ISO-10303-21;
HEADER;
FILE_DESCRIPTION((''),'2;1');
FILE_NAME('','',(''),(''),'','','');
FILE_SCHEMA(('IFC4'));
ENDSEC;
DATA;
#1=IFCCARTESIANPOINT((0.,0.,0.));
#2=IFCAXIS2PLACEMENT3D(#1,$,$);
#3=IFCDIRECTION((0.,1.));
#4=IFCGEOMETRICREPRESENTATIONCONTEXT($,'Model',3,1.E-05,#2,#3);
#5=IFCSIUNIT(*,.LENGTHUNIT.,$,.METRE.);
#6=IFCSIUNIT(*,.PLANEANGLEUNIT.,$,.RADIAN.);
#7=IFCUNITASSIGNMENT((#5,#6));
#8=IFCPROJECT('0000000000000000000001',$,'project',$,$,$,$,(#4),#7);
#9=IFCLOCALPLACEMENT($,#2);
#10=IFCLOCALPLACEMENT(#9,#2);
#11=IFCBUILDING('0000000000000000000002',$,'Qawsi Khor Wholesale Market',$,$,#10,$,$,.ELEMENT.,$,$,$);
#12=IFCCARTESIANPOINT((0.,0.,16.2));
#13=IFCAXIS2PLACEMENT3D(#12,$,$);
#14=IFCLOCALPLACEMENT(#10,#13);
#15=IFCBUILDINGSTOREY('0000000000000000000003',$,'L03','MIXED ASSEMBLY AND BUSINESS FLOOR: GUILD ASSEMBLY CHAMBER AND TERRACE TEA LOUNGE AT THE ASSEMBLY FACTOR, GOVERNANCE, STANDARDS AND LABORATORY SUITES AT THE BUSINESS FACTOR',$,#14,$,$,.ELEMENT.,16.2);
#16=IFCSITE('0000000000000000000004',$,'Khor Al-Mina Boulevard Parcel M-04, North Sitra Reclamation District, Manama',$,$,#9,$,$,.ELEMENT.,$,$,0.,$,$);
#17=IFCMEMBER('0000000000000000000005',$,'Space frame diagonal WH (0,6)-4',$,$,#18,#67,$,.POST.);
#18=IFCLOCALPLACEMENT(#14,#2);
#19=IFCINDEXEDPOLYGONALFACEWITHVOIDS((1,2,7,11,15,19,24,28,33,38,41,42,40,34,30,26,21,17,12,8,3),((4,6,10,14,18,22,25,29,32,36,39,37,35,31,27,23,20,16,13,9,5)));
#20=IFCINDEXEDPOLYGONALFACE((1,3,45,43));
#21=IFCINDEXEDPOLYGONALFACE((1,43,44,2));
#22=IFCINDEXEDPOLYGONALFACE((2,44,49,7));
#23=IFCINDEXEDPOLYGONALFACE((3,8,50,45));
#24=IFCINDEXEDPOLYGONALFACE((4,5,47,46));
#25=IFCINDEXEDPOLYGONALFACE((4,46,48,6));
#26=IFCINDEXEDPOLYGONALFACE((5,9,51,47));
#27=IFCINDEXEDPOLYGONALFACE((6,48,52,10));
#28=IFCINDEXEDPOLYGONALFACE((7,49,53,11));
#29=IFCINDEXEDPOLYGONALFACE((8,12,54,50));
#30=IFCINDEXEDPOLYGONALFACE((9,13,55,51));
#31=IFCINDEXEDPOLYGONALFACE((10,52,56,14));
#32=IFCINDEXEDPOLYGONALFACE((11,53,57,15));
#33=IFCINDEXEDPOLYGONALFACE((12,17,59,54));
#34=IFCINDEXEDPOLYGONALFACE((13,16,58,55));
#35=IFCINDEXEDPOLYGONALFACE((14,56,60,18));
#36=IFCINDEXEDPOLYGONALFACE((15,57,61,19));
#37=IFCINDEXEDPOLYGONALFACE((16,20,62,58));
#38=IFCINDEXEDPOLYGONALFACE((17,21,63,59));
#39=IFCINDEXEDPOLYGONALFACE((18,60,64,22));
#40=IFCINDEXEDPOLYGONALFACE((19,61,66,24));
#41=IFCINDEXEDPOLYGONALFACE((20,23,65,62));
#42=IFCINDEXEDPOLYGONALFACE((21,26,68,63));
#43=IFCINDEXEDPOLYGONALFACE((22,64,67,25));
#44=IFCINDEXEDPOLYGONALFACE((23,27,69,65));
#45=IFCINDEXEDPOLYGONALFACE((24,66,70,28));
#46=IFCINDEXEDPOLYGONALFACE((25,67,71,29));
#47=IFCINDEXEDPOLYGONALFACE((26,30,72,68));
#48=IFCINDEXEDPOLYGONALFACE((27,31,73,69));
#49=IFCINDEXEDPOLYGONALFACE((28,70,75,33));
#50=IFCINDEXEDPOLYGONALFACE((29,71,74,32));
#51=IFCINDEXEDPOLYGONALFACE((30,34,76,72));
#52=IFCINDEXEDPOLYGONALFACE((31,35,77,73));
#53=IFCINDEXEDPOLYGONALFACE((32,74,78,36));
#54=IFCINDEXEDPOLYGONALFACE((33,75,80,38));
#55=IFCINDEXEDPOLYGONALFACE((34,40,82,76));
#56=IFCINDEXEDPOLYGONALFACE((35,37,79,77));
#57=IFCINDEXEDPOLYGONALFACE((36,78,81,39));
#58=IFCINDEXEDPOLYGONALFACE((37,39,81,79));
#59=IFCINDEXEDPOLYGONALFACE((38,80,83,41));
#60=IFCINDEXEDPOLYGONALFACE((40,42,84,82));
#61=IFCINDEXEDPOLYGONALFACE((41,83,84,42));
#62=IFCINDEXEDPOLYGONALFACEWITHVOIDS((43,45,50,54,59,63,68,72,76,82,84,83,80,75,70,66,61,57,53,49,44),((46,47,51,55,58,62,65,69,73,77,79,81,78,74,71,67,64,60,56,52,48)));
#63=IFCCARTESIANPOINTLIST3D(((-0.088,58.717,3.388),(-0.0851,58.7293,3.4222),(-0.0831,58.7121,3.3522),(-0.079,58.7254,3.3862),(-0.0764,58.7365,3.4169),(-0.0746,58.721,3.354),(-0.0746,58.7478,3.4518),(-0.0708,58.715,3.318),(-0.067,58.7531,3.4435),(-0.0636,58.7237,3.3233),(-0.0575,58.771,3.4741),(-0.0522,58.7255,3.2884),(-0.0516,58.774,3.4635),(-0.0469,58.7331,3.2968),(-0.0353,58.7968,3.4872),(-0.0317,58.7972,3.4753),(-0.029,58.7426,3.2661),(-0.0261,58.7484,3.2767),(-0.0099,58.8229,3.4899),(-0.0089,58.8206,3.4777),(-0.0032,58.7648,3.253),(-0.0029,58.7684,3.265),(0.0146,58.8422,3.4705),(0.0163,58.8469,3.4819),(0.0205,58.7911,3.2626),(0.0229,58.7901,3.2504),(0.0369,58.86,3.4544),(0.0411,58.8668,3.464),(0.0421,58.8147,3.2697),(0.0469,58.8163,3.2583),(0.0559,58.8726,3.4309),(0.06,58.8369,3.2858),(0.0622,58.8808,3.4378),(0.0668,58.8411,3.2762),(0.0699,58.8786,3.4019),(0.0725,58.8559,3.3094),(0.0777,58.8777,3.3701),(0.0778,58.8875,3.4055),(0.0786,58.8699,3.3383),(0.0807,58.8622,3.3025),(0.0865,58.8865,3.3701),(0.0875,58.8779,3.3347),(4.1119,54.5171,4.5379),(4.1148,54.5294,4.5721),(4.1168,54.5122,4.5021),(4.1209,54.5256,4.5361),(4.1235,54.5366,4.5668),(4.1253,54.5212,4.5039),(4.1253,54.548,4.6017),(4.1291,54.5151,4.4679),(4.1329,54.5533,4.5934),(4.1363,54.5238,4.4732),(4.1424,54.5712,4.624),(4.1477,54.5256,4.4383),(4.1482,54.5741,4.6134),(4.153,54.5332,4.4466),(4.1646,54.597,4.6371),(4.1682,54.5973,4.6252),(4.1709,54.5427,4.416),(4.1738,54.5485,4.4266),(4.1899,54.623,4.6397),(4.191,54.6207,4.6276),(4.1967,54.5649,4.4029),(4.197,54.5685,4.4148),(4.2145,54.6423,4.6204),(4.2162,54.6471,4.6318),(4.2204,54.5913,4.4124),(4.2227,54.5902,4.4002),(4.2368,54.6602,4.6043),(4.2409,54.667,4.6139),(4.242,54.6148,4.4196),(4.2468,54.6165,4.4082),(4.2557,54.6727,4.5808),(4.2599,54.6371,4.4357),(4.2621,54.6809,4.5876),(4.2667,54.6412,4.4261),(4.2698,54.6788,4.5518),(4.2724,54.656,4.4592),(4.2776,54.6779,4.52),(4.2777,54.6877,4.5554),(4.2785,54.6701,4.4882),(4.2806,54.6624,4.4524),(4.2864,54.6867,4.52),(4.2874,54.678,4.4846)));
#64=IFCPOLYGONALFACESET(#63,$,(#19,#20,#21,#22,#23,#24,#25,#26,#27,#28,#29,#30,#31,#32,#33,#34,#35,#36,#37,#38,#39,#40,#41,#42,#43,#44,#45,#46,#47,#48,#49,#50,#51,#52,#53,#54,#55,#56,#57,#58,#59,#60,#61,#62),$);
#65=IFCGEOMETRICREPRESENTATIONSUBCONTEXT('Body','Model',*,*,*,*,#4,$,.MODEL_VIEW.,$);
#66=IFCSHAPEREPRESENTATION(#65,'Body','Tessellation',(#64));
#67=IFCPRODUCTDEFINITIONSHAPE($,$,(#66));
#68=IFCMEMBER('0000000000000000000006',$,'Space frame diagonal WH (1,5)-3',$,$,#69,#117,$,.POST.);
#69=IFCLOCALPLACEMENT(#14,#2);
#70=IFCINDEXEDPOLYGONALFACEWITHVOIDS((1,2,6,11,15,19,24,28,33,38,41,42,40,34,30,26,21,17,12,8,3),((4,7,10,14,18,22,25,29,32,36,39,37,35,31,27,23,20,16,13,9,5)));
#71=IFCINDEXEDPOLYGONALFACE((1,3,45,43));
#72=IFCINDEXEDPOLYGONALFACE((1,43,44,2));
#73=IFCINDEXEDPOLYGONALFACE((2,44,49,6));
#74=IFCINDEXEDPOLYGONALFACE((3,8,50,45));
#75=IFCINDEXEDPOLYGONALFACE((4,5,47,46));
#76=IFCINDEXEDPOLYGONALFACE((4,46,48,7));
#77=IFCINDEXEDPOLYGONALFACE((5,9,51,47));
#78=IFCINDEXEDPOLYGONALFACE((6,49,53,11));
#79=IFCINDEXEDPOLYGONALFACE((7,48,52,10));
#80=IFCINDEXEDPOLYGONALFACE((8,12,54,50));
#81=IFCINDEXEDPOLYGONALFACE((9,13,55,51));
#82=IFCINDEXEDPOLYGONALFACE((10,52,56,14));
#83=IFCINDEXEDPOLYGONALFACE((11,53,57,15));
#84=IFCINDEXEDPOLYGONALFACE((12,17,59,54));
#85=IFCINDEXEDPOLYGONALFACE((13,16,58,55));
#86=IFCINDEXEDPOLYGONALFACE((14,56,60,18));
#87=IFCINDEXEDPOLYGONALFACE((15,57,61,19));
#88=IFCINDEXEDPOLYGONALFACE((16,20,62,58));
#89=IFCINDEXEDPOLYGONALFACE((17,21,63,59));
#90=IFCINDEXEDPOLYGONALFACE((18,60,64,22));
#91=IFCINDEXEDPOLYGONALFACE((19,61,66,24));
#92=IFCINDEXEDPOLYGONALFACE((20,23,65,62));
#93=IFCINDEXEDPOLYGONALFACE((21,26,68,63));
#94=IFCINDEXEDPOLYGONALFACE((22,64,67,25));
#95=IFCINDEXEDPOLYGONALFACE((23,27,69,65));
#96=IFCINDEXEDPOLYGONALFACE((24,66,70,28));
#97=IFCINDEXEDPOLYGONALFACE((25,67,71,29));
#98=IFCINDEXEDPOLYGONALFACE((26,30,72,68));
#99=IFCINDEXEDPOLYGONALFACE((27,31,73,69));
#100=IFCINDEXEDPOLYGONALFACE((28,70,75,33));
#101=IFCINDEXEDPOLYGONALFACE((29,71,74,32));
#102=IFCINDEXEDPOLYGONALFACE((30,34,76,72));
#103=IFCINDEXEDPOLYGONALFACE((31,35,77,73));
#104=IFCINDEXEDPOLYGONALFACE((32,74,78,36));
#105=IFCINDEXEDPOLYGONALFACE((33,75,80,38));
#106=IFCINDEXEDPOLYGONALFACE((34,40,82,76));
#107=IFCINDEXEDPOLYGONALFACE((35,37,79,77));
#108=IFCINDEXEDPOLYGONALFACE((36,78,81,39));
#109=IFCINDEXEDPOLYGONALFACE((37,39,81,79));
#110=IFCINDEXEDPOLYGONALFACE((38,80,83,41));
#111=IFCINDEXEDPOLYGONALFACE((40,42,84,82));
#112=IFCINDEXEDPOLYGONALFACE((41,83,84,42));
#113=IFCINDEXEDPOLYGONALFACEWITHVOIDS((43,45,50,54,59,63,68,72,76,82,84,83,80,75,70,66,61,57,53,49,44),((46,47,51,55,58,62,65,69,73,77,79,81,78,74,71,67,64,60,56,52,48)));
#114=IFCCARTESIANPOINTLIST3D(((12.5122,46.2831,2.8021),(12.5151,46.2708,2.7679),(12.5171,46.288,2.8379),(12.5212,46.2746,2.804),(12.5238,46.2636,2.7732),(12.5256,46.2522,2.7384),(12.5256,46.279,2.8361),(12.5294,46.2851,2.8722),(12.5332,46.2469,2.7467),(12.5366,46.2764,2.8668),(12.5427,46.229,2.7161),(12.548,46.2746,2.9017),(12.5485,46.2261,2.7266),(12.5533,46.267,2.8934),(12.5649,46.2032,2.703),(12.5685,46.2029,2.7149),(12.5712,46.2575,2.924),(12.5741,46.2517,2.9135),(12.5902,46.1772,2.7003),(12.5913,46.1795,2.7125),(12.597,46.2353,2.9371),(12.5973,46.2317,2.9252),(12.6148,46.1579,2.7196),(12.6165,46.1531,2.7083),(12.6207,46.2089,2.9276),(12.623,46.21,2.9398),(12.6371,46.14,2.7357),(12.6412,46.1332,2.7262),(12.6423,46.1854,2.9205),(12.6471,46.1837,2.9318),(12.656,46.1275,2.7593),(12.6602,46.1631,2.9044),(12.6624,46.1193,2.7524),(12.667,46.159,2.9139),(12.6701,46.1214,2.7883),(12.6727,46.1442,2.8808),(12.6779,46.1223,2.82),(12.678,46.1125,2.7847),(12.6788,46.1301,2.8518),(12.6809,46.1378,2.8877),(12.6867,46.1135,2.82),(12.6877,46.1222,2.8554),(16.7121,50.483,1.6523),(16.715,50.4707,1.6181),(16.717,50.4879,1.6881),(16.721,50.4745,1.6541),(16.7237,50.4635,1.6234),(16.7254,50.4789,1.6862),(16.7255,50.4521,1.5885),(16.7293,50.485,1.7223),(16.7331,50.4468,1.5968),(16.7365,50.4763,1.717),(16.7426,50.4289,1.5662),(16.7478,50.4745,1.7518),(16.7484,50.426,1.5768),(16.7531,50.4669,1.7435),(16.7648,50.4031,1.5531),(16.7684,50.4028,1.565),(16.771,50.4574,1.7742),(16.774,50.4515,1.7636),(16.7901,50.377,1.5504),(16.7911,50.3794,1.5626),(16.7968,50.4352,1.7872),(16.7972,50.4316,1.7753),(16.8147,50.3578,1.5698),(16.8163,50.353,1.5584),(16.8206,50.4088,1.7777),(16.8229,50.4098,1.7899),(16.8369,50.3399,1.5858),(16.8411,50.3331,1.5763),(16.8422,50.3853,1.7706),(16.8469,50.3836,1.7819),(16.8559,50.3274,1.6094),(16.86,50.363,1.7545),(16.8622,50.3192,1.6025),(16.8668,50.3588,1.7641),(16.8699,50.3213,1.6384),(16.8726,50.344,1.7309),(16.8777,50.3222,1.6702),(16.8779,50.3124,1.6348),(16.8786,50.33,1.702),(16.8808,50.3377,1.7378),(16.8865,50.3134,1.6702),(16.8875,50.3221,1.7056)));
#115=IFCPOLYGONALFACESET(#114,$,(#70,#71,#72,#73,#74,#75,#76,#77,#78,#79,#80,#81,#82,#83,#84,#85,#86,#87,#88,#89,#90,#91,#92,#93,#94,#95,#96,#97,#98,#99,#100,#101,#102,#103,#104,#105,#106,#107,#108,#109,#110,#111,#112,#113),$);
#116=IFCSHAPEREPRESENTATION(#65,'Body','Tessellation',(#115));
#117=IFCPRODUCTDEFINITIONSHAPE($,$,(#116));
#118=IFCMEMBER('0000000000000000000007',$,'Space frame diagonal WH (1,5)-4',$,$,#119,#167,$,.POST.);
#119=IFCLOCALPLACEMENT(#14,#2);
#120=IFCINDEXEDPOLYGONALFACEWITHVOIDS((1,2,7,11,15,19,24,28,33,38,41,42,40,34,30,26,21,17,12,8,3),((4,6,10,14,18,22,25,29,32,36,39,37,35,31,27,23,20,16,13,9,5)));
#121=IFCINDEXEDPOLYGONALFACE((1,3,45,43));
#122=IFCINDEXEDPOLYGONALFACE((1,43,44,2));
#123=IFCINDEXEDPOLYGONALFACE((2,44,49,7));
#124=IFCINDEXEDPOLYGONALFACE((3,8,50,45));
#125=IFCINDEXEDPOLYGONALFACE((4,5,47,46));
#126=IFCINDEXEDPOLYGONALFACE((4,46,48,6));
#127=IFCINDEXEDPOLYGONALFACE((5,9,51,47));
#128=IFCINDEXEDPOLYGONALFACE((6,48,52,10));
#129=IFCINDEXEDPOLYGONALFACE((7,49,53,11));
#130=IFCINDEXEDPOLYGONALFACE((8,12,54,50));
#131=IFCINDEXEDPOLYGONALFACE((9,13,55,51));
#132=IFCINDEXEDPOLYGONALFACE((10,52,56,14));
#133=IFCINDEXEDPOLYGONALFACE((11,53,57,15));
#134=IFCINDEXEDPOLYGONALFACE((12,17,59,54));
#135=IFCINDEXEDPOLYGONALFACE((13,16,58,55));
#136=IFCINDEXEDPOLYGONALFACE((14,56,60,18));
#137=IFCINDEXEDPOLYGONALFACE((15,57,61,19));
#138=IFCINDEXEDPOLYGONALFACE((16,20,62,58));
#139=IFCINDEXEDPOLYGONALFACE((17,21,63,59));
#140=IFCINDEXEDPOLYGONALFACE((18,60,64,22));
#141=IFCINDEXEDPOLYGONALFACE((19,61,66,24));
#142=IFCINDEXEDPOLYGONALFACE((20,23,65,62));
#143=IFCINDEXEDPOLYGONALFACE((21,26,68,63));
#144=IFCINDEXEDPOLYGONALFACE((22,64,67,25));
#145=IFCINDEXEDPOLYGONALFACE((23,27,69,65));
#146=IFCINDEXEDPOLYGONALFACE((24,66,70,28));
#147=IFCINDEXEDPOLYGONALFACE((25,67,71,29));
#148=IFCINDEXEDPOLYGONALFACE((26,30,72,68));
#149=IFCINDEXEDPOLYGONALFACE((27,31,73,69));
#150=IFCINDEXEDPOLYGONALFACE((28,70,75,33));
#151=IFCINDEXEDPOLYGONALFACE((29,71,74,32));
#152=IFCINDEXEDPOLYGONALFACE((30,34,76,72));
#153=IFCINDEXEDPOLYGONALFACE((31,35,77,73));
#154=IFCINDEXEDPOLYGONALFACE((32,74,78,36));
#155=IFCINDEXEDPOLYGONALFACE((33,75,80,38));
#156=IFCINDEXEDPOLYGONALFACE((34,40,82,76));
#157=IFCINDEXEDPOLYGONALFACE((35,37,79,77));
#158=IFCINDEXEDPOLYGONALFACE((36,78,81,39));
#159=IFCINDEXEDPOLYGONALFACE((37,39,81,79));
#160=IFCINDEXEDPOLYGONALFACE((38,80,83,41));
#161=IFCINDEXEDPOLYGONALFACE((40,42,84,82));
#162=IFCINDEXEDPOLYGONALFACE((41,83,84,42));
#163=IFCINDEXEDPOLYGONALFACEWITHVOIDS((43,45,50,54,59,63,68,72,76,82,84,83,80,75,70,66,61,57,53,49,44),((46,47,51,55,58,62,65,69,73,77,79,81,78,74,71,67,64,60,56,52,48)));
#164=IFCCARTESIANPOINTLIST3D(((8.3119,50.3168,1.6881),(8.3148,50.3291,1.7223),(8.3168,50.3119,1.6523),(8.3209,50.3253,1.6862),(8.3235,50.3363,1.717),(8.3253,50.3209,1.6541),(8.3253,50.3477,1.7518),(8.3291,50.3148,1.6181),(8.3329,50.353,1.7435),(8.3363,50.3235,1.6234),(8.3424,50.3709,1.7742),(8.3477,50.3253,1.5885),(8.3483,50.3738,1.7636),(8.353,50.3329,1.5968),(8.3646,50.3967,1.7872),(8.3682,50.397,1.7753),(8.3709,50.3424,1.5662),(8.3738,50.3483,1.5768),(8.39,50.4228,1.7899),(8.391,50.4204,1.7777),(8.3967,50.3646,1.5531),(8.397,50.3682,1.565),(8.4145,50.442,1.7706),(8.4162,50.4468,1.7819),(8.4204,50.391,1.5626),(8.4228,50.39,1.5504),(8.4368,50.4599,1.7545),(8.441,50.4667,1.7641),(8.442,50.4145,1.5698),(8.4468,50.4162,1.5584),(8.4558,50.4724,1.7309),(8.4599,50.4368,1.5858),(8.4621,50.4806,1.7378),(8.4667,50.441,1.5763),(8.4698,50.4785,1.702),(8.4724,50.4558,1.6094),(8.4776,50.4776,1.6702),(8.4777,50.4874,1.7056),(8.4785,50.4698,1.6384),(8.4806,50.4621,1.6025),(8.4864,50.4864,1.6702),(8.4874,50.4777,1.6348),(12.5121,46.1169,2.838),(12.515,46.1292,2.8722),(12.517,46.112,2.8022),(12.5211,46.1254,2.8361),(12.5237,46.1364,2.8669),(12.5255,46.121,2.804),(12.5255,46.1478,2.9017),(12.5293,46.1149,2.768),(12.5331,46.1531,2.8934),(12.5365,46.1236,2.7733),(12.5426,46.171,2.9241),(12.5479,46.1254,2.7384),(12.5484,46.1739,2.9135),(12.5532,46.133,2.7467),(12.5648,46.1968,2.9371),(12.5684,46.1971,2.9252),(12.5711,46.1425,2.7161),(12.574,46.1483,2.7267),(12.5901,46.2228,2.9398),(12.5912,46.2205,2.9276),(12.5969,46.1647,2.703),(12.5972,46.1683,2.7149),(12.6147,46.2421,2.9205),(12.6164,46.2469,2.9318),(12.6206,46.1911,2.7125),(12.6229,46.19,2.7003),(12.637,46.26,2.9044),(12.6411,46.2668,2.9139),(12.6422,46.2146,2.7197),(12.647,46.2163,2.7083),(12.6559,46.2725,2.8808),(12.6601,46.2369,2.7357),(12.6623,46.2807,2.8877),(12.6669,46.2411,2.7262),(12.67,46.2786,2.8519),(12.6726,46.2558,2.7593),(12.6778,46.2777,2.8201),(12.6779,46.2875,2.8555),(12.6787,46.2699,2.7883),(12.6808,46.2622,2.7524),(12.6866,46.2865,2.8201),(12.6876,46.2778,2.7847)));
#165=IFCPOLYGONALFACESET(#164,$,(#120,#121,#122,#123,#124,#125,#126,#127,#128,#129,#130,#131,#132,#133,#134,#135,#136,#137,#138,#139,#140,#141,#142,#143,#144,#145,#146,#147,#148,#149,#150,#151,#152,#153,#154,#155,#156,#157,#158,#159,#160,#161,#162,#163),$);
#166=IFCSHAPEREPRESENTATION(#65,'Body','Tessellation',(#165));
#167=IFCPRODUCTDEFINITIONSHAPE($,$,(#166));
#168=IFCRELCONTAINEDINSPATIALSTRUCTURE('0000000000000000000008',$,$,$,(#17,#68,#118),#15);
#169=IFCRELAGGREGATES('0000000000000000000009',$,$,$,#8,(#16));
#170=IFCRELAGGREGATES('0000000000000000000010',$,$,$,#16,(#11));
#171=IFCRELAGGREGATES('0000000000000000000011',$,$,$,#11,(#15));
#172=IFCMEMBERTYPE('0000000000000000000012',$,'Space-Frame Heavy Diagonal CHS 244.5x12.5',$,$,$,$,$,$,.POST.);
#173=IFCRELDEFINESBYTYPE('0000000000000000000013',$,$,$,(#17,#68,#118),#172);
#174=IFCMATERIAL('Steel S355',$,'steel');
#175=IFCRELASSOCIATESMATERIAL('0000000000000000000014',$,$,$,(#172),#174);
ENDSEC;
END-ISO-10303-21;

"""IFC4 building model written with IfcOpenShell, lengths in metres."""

from ifc_helpers import new_model, si_unit, direction, frame, origin, origin_2d, place, context, subcontext, project, spatial, hollow_circle, extrude, material, material_profile, profile_set, type_object, element, save


model = new_model("IFC4")

# Units and contexts
model_context = context("Model", 3, precision=1e-05, world=origin(), true_north=direction((0.0, 1.0)))
body_context = subcontext(model_context, "Body", "Model", "MODEL_VIEW")
ifc_project = project(units=[si_unit("LENGTHUNIT", "METRE"), si_unit("PLANEANGLEUNIT", "RADIAN")], contexts=[model_context])

# Site, building, storey
site_placement = place(None, origin())
site = spatial("IfcSite", under=ifc_project, at=site_placement, Name="Khor Al-Mina Boulevard Parcel M-04, North Sitra Reclamation District, Manama", CompositionType="ELEMENT", RefElevation=0.0)
building_placement = place(site_placement, origin())
building = spatial("IfcBuilding", under=site, at=building_placement, Name="Qawsi Khor Wholesale Market", CompositionType="ELEMENT")
storey_placement = place(building_placement, frame((0.0, 0.0, 16.2)))
storey = spatial("IfcBuildingStorey", under=building, at=storey_placement, Name="L03", Description="MIXED ASSEMBLY AND BUSINESS FLOOR: GUILD ASSEMBLY CHAMBER AND TERRACE TEA LOUNGE AT THE ASSEMBLY FACTOR, GOVERNANCE, STANDARDS AND LABORATORY SUITES AT THE BUSINESS FACTOR", CompositionType="ELEMENT", Elevation=16.2)

# Members
ifc_material_1 = material(Name="Steel S355", Category="steel")
ifc_material_profile_1 = material_profile(ifc_material_1, hollow_circle(Radius=0.1223, WallThickness=0.0125, at=origin_2d()), Name="CHS 244.5x12.5")
ifc_profile_set_1 = profile_set([ifc_material_profile_1], Name="Steel S355")
member_type_1 = type_object("IfcMemberType", Name="Space-Frame Heavy Diagonal CHS 244.5x12.5", PredefinedType="POST", material=ifc_profile_set_1)
for number, where, z_axis, x_axis, name in (
    (1, (0.0, 58.8, 3.3701), (0.694217, -0.694217, 0.190069), (0.707107, 0.707107, 0.0), "Space frame diagonal WH (0,6)-4"),
    (2, (16.8, 50.3999, 1.6702), (-0.694217, -0.694217, 0.190069), (0.707107, -0.707107, 0.0), "Space frame diagonal WH (1,5)-3"),
):
    element("IfcMember", number, at=place(storey_placement, frame(where, z_axis=z_axis, x_axis=x_axis)), inside=storey, type_object=member_type_1, Name=name, PredefinedType="POST", context=body_context, shape_type="SweptSolid", body=[
        extrude(hollow_circle(Radius=0.1223, WallThickness=0.0125, at=origin_2d()), origin(), (0.0, 0.0, 1.0), 6.0498),
    ])
member_1_placement = place(storey_placement, frame((8.3999, 50.3999, 1.6702), z_axis=(0.694238, -0.694197, 0.190064), x_axis=(0.707086, 0.707127, 0.0)))
element("IfcMember", 3, at=member_1_placement, inside=storey, type_object=member_type_1, Name="Space frame diagonal WH (1,5)-4", PredefinedType="POST", context=body_context, shape_type="SweptSolid", body=[
    extrude(hollow_circle(Radius=0.1223, WallThickness=0.0125, at=origin_2d()), origin(), (0.0, 0.0, 1.0), 6.05),
])

save(model, "model.ifc")
